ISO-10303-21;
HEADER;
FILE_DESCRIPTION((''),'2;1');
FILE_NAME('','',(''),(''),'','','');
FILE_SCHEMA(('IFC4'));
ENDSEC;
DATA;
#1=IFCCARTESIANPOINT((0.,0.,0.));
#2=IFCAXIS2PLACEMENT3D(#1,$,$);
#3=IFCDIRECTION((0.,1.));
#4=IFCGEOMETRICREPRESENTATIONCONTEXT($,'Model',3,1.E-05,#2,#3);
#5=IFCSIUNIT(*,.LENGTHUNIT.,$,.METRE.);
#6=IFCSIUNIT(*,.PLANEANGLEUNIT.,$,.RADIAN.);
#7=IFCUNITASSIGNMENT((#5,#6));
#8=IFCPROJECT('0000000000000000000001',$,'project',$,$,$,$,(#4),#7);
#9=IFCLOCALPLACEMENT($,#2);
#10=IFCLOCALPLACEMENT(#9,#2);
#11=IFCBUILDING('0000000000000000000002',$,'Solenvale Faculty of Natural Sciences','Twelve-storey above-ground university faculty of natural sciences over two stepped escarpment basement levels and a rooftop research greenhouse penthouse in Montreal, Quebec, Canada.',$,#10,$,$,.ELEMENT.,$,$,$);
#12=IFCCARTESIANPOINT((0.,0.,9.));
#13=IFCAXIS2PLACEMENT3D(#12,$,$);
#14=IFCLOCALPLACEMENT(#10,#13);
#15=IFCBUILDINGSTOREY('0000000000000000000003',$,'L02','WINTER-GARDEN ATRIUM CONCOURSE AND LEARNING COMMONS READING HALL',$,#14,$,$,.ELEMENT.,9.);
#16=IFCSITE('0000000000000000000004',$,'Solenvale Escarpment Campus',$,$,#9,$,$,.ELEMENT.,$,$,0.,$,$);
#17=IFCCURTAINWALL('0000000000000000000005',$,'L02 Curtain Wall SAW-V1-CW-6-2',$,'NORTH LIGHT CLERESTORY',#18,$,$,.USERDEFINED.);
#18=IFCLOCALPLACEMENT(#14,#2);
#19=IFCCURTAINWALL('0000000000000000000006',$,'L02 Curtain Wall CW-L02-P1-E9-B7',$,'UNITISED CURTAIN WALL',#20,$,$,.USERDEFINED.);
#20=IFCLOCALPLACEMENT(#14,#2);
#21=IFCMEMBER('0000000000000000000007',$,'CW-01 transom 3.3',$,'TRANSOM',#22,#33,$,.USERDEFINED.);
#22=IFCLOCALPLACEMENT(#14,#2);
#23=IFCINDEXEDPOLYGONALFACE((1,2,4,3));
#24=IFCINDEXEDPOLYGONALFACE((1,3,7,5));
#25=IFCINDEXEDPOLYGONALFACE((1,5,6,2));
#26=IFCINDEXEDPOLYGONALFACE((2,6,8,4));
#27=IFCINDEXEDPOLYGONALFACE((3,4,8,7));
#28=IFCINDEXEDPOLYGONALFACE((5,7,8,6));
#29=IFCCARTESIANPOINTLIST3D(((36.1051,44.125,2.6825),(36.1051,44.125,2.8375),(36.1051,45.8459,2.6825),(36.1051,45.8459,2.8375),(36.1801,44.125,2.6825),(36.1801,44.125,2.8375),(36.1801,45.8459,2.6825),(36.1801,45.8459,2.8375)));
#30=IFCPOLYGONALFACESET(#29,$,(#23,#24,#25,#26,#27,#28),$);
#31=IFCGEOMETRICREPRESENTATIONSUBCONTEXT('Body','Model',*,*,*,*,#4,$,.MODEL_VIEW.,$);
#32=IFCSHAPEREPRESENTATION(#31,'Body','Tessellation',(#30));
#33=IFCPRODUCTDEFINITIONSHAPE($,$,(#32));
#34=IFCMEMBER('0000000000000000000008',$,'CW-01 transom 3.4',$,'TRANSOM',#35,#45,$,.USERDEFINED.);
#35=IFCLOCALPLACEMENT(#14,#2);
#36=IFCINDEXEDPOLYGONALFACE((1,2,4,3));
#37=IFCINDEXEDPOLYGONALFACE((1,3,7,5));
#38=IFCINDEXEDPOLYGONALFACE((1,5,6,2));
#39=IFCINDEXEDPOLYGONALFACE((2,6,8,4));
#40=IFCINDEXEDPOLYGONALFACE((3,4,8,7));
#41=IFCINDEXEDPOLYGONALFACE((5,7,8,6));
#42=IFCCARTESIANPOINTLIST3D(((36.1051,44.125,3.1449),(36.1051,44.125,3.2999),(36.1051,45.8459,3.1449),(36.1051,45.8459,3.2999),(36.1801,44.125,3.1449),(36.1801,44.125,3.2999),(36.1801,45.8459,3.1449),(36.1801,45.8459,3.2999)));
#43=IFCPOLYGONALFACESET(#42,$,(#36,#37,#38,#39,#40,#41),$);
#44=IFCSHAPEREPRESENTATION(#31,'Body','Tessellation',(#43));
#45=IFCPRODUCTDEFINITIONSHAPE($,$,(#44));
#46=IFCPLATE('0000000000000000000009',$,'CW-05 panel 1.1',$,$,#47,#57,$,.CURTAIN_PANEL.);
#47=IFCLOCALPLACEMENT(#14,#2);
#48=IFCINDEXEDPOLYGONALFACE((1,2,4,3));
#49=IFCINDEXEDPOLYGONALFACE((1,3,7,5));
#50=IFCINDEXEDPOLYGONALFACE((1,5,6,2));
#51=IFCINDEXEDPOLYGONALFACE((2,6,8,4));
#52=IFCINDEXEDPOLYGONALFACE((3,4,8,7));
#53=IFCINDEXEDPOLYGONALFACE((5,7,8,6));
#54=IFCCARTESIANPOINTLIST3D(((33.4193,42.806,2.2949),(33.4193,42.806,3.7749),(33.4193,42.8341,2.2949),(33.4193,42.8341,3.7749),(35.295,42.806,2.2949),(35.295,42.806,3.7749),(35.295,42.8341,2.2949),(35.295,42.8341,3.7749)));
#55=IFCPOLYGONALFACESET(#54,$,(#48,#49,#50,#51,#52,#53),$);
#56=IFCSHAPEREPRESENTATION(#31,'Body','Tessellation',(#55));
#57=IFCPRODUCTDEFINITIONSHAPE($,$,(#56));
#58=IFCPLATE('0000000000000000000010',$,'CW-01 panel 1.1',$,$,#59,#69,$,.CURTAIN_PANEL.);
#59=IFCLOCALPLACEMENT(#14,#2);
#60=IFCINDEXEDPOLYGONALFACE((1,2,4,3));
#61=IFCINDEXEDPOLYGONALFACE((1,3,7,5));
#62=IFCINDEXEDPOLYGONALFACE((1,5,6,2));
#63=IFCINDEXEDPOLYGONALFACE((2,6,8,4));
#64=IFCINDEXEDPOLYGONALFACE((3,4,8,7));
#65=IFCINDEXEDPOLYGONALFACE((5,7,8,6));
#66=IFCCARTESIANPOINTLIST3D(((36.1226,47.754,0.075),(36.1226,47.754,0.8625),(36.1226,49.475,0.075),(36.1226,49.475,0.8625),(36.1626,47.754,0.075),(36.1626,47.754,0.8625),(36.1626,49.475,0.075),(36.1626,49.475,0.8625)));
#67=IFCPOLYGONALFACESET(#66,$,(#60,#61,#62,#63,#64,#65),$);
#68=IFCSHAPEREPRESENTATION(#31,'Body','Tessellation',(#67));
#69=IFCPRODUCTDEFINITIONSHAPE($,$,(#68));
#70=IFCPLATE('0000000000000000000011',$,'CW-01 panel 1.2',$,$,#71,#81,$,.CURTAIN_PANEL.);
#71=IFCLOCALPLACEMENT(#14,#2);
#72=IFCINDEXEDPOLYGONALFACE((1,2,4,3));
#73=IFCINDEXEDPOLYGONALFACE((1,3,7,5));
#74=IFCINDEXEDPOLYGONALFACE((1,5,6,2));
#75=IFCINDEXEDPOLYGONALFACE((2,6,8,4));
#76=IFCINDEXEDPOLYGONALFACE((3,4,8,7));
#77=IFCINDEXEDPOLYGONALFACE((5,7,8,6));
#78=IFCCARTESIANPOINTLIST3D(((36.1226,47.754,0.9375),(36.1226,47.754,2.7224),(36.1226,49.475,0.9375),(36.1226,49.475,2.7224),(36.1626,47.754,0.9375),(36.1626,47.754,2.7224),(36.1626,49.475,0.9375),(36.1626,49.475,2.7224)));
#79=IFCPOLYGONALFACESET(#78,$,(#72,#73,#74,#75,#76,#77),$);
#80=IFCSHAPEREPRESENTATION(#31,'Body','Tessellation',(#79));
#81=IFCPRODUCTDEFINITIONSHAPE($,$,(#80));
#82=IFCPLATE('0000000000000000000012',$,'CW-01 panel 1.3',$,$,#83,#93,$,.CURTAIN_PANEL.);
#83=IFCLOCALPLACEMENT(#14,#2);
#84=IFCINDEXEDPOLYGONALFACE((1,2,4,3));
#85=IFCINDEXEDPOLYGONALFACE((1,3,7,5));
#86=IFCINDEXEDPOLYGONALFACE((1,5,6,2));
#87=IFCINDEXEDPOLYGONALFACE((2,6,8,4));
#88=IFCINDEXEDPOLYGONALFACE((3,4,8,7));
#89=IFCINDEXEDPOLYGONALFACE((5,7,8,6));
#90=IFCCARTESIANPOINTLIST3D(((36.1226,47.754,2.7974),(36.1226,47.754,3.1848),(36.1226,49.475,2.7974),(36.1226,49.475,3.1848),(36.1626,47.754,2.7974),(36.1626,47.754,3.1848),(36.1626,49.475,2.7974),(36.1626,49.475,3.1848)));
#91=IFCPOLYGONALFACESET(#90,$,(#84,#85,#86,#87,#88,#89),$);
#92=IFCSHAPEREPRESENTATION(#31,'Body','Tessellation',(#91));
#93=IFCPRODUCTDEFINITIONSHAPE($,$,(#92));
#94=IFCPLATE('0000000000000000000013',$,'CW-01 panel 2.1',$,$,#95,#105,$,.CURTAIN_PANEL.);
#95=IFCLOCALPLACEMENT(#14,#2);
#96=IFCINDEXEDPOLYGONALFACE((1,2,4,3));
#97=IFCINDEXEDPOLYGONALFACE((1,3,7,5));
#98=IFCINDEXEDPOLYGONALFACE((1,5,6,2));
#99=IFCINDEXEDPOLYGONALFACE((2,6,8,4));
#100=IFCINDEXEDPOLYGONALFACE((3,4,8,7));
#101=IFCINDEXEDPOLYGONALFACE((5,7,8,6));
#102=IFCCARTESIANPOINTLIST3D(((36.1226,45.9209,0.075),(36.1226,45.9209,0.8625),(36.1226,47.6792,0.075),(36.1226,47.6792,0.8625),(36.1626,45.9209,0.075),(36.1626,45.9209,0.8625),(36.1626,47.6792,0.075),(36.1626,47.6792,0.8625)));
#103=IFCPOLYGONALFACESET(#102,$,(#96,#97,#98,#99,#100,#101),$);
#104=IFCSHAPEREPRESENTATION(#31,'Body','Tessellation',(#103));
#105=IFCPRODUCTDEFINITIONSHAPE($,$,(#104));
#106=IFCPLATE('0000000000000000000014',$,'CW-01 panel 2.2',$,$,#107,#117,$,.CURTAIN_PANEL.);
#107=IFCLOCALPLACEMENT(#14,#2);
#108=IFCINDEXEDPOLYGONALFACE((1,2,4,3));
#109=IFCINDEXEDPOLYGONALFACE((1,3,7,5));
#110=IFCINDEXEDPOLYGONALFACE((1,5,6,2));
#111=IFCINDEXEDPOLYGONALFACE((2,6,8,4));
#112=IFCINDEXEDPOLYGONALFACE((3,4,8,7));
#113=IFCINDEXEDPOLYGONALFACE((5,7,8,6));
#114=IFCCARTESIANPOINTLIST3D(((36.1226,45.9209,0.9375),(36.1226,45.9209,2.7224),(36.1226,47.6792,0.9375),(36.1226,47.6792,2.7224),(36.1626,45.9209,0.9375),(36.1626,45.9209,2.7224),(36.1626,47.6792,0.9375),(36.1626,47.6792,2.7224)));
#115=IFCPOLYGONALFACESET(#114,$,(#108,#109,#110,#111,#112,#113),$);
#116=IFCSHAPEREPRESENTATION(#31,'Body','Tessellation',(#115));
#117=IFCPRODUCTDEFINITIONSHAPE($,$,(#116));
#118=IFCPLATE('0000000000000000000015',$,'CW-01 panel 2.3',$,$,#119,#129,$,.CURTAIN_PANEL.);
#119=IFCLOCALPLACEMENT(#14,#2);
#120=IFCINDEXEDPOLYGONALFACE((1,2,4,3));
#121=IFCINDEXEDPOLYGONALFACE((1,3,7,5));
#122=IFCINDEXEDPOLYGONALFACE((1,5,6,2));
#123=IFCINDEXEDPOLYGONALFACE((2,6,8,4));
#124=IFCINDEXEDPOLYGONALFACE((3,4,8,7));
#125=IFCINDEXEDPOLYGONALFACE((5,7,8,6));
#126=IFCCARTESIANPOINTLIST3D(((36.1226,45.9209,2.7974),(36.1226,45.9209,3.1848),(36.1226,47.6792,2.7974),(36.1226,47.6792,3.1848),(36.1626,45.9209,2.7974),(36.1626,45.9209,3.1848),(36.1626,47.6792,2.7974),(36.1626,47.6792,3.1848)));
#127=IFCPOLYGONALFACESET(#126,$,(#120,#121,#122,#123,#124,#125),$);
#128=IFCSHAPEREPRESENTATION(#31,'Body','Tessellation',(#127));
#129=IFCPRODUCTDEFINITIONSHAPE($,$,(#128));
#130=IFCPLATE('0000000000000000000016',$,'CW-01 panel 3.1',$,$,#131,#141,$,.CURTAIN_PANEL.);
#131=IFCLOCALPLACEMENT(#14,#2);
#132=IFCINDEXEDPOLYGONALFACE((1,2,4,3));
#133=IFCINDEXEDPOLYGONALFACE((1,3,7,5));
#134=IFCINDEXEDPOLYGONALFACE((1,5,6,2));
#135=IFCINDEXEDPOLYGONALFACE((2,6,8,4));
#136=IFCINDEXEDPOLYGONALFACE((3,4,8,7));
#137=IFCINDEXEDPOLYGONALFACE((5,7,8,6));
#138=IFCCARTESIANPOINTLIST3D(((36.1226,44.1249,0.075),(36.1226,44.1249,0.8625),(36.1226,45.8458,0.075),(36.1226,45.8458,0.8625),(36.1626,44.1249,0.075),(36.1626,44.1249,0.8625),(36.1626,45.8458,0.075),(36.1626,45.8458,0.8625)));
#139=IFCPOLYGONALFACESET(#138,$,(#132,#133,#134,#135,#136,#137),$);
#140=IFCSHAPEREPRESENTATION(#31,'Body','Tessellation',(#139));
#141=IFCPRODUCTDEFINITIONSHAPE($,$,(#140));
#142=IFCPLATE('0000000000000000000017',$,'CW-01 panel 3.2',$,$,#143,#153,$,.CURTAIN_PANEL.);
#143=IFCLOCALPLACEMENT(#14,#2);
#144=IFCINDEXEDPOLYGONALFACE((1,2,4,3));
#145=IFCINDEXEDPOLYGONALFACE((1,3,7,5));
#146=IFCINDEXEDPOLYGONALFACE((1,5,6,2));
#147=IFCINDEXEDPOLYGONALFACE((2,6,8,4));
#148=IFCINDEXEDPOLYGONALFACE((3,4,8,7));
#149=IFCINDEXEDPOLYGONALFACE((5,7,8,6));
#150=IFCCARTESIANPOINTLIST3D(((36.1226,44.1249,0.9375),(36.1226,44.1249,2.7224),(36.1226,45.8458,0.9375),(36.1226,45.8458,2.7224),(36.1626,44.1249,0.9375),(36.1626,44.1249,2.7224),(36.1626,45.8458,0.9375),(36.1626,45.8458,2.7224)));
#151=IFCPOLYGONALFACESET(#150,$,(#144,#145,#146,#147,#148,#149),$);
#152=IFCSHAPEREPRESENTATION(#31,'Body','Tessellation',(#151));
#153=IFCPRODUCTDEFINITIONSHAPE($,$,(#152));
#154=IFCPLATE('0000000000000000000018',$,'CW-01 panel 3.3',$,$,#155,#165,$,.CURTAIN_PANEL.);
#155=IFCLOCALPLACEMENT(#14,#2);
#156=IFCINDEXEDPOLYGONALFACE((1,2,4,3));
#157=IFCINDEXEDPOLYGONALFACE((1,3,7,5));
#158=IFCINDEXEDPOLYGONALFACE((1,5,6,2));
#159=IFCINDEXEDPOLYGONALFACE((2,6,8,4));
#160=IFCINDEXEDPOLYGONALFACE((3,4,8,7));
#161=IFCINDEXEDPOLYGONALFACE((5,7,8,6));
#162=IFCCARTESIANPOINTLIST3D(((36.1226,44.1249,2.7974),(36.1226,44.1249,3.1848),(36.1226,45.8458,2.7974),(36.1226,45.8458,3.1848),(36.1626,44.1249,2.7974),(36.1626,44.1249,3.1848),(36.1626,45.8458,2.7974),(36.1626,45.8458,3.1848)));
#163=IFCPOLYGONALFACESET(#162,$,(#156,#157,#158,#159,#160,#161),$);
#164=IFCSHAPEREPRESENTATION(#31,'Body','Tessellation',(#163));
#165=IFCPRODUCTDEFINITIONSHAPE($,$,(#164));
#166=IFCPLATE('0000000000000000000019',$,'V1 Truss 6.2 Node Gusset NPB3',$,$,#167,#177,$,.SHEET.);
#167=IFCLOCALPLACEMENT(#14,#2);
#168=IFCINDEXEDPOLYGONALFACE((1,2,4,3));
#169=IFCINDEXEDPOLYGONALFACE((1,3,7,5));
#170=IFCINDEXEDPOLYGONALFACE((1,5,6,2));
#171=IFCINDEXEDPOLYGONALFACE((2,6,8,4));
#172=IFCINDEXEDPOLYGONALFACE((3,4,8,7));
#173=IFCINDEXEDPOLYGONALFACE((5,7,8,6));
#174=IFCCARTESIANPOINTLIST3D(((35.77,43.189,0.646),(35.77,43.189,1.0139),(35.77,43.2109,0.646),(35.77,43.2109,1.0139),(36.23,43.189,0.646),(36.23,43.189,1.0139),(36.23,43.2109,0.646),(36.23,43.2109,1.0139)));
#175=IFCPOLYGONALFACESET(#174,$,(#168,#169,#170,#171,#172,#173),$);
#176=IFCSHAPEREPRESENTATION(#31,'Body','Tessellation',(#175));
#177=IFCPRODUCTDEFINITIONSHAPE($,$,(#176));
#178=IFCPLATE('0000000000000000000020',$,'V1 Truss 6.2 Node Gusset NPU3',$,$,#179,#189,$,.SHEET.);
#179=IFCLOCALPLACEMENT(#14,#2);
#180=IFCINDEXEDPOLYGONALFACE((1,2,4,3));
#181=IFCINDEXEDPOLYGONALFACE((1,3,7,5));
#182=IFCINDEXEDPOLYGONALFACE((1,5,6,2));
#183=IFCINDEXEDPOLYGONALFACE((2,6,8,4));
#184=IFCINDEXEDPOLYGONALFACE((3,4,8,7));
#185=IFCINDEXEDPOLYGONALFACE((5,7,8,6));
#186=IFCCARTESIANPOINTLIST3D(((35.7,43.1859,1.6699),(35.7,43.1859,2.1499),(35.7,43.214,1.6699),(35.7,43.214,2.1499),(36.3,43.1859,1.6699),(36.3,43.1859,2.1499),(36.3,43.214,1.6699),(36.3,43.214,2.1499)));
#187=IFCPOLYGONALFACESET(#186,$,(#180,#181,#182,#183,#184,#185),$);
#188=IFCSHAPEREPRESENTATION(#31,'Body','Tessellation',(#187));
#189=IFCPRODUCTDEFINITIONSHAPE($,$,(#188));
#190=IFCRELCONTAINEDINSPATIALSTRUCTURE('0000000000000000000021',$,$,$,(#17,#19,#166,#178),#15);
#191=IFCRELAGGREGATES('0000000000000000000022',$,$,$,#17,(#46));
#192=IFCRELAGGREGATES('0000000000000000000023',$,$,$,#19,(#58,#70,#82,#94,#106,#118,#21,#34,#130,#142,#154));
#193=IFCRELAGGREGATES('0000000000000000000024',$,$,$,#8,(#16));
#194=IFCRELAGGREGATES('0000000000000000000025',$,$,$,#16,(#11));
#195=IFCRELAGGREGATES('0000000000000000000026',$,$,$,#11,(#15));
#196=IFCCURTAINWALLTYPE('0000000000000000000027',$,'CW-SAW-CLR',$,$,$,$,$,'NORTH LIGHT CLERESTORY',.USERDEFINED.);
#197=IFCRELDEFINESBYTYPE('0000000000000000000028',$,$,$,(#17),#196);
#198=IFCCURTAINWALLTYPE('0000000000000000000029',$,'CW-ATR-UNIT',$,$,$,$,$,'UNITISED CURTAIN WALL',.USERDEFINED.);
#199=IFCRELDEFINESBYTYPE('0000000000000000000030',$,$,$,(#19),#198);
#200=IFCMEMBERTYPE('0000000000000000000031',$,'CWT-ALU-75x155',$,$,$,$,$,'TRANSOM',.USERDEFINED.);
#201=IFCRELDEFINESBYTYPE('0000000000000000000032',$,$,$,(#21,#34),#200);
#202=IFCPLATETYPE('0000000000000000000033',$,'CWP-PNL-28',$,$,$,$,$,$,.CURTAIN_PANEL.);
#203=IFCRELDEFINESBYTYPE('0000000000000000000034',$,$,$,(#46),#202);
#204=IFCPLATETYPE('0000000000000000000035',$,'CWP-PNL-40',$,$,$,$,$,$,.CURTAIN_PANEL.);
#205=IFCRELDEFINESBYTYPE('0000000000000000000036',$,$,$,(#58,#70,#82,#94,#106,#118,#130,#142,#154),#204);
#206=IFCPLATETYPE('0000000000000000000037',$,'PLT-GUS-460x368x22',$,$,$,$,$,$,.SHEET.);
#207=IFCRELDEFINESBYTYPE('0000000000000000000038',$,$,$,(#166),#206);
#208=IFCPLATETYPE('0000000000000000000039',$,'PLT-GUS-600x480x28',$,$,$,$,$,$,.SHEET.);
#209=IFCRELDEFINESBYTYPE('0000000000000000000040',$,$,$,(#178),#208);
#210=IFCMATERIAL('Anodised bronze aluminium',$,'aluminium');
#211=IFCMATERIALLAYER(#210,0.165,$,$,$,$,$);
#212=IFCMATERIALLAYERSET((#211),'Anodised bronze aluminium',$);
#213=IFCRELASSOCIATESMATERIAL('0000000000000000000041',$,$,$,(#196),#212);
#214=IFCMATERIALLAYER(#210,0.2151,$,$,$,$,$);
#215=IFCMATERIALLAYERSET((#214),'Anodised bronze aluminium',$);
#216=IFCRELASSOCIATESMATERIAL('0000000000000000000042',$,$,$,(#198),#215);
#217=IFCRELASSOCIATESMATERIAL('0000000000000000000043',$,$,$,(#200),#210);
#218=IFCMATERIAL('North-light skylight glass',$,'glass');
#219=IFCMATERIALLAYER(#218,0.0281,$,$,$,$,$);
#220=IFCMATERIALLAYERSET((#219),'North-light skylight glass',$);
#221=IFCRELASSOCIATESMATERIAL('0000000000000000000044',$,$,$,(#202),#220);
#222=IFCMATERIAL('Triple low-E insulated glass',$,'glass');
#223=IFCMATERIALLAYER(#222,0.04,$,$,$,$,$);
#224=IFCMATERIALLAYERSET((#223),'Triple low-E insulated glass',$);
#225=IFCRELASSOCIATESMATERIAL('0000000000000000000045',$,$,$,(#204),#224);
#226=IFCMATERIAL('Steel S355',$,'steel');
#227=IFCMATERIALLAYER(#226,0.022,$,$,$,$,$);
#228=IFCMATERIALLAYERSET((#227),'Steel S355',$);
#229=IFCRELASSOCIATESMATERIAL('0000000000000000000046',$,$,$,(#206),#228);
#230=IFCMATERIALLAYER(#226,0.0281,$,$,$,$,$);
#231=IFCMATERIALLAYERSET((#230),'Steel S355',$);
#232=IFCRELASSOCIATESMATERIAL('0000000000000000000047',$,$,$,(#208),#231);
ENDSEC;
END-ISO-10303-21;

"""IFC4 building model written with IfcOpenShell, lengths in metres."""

from ifc_helpers import new_model, si_unit, direction, frame, origin, origin_2d, place, context, subcontext, project, spatial, rectangle, extrude, material, layer, layer_set, material_profile, profile_set, type_object, element, aggregate, save


model = new_model("IFC4")

# Units and contexts
model_context = context("Model", 3, precision=1e-05, world=origin(), true_north=direction((0.0, 1.0)))
body_context = subcontext(model_context, "Body", "Model", "MODEL_VIEW")
ifc_project = project(units=[si_unit("LENGTHUNIT", "METRE"), si_unit("PLANEANGLEUNIT", "RADIAN")], contexts=[model_context])

# Site, building, storey
site_placement = place(None, origin())
site = spatial("IfcSite", under=ifc_project, at=site_placement, Name="Solenvale Escarpment Campus", CompositionType="ELEMENT", RefElevation=0.0)
building_placement = place(site_placement, origin())
building = spatial("IfcBuilding", under=site, at=building_placement, Name="Solenvale Faculty of Natural Sciences", Description="Twelve-storey above-ground university faculty of natural sciences over two stepped escarpment basement levels and a rooftop research greenhouse penthouse in Montreal, Quebec, Canada.", CompositionType="ELEMENT")
storey_placement = place(building_placement, frame((0.0, 0.0, 9.0)))
storey = spatial("IfcBuildingStorey", under=building, at=storey_placement, Name="L02", Description="WINTER-GARDEN ATRIUM CONCOURSE AND LEARNING COMMONS READING HALL", CompositionType="ELEMENT", Elevation=9.0)

# Curtain wall
ifc_material_1 = material(Name="Anodised bronze aluminium", Category="aluminium")
ifc_layer_1 = layer(ifc_material_1, 0.165)
ifc_layer_set_1 = layer_set([ifc_layer_1], Name="Anodised bronze aluminium")
curtain_wall_type_1 = type_object("IfcCurtainWallType", Name="CW-SAW-CLR", ElementType="NORTH LIGHT CLERESTORY", PredefinedType="USERDEFINED", material=ifc_layer_set_1)
curtain_wall_1_placement = place(storey_placement, origin())
curtain_wall_1 = element("IfcCurtainWall", 1, at=curtain_wall_1_placement, inside=storey, type_object=curtain_wall_type_1, Name="L02 Curtain Wall SAW-V1-CW-6-2", ObjectType="NORTH LIGHT CLERESTORY", PredefinedType="USERDEFINED")

# Curtain wall
ifc_layer_2 = layer(ifc_material_1, 0.2151)
ifc_layer_set_2 = layer_set([ifc_layer_2], Name="Anodised bronze aluminium")
curtain_wall_type_2 = type_object("IfcCurtainWallType", Name="CW-ATR-UNIT", ElementType="UNITISED CURTAIN WALL", PredefinedType="USERDEFINED", material=ifc_layer_set_2)
curtain_wall_2_placement = place(storey_placement, origin())
curtain_wall_2 = element("IfcCurtainWall", 2, at=curtain_wall_2_placement, inside=storey, type_object=curtain_wall_type_2, Name="L02 Curtain Wall CW-L02-P1-E9-B7", ObjectType="UNITISED CURTAIN WALL", PredefinedType="USERDEFINED")

# Members
ifc_material_profile_1 = material_profile(ifc_material_1, rectangle(XDim=0.075, YDim=0.155, at=origin_2d()), Name="ALU-TRN-75x155")
ifc_profile_set_1 = profile_set([ifc_material_profile_1], Name="Anodised bronze aluminium")
member_type_1 = type_object("IfcMemberType", Name="CWT-ALU-75x155", ElementType="TRANSOM", PredefinedType="USERDEFINED", material=ifc_profile_set_1)
member_1_placement = place(storey_placement, frame((36.1426, 45.8459, 2.76), z_axis=(0.0, -1.0, 0.0), x_axis=(1.0, 0.0, 0.0)))
member_1 = element("IfcMember", 3, at=member_1_placement, type_object=member_type_1, Name="CW-01 transom 3.3", ObjectType="TRANSOM", PredefinedType="USERDEFINED", context=body_context, shape_type="SweptSolid", body=[
    extrude(rectangle(XDim=0.075, YDim=0.155, at=origin_2d()), origin(), (0.0, 0.0, 1.0), 1.7209),
])
member_2_placement = place(storey_placement, frame((36.1426, 45.8459, 3.2224), z_axis=(0.0, -1.0, 0.0), x_axis=(1.0, 0.0, 0.0)))
member_2 = element("IfcMember", 4, at=member_2_placement, type_object=member_type_1, Name="CW-01 transom 3.4", ObjectType="TRANSOM", PredefinedType="USERDEFINED", context=body_context, shape_type="SweptSolid", body=[
    extrude(rectangle(XDim=0.075, YDim=0.155, at=origin_2d()), origin(), (0.0, 0.0, 1.0), 1.7209),
])

# Plates
ifc_material_2 = material(Name="North-light skylight glass", Category="glass")
ifc_layer_3 = layer(ifc_material_2, 0.0281)
ifc_layer_set_3 = layer_set([ifc_layer_3], Name="North-light skylight glass")
plate_type_1 = type_object("IfcPlateType", Name="CWP-PNL-28", PredefinedType="CURTAIN_PANEL", material=ifc_layer_set_3)
plate_1_placement = place(storey_placement, frame((34.3572, 42.8201, 2.2949), z_axis=(0.0, 0.0, 1.0), x_axis=(-1.0, 0.0, 0.0)))
plate_1 = element("IfcPlate", 5, at=plate_1_placement, type_object=plate_type_1, Name="CW-05 panel 1.1", PredefinedType="CURTAIN_PANEL", context=body_context, shape_type="SweptSolid", body=[
    extrude(rectangle(XDim=1.8757, YDim=0.0281, at=origin_2d()), origin(), (0.0, 0.0, 1.0), 1.48),
])
aggregate(curtain_wall_1, [plate_1])
ifc_material_3 = material(Name="Triple low-E insulated glass", Category="glass")
ifc_layer_4 = layer(ifc_material_3, 0.04)
ifc_layer_set_4 = layer_set([ifc_layer_4], Name="Triple low-E insulated glass")
plate_type_2 = type_object("IfcPlateType", Name="CWP-PNL-40", PredefinedType="CURTAIN_PANEL", material=ifc_layer_set_4)
plate_2_placement = place(storey_placement, frame((36.1426, 48.6145, 0.075), z_axis=(0.0, 0.0, 1.0), x_axis=(0.0, -1.0, 0.0)))
plate_2 = element("IfcPlate", 6, at=plate_2_placement, type_object=plate_type_2, Name="CW-01 panel 1.1", PredefinedType="CURTAIN_PANEL", context=body_context, shape_type="SweptSolid", body=[
    extrude(rectangle(XDim=1.7209, YDim=0.04, at=origin_2d()), origin(), (0.0, 0.0, 1.0), 0.7876),
])
plate_3_placement = place(storey_placement, frame((36.1426, 48.6145, 0.9375), z_axis=(0.0, 0.0, 1.0), x_axis=(0.0, -1.0, 0.0)))
plate_3 = element("IfcPlate", 7, at=plate_3_placement, type_object=plate_type_2, Name="CW-01 panel 1.2", PredefinedType="CURTAIN_PANEL", context=body_context, shape_type="SweptSolid", body=[
    extrude(rectangle(XDim=1.7209, YDim=0.04, at=origin_2d()), origin(), (0.0, 0.0, 1.0), 1.7849),
])
plate_4_placement = place(storey_placement, frame((36.1426, 48.6145, 2.7974), z_axis=(0.0, 0.0, 1.0), x_axis=(0.0, -1.0, 0.0)))
plate_4 = element("IfcPlate", 8, at=plate_4_placement, type_object=plate_type_2, Name="CW-01 panel 1.3", PredefinedType="CURTAIN_PANEL", context=body_context, shape_type="SweptSolid", body=[
    extrude(rectangle(XDim=1.7209, YDim=0.04, at=origin_2d()), origin(), (0.0, 0.0, 1.0), 0.3875),
])
plate_5_placement = place(storey_placement, frame((36.1426, 46.8, 0.075), z_axis=(0.0, 0.0, 1.0), x_axis=(0.0, -1.0, 0.0)))
plate_5 = element("IfcPlate", 9, at=plate_5_placement, type_object=plate_type_2, Name="CW-01 panel 2.1", PredefinedType="CURTAIN_PANEL", context=body_context, shape_type="SweptSolid", body=[
    extrude(rectangle(XDim=1.7583, YDim=0.04, at=origin_2d()), origin(), (0.0, 0.0, 1.0), 0.7876),
])
plate_6_placement = place(storey_placement, frame((36.1426, 46.8, 0.9375), z_axis=(0.0, 0.0, 1.0), x_axis=(0.0, -1.0, 0.0)))
plate_6 = element("IfcPlate", 10, at=plate_6_placement, type_object=plate_type_2, Name="CW-01 panel 2.2", PredefinedType="CURTAIN_PANEL", context=body_context, shape_type="SweptSolid", body=[
    extrude(rectangle(XDim=1.7583, YDim=0.04, at=origin_2d()), origin(), (0.0, 0.0, 1.0), 1.7849),
])
plate_7_placement = place(storey_placement, frame((36.1426, 46.8, 2.7974), z_axis=(0.0, 0.0, 1.0), x_axis=(0.0, -1.0, 0.0)))
plate_7 = element("IfcPlate", 11, at=plate_7_placement, type_object=plate_type_2, Name="CW-01 panel 2.3", PredefinedType="CURTAIN_PANEL", context=body_context, shape_type="SweptSolid", body=[
    extrude(rectangle(XDim=1.7583, YDim=0.04, at=origin_2d()), origin(), (0.0, 0.0, 1.0), 0.3875),
])
plate_8_placement = place(storey_placement, frame((36.1426, 44.9854, 0.075), z_axis=(0.0, 0.0, 1.0), x_axis=(0.0, -1.0, 0.0)))
plate_8 = element("IfcPlate", 12, at=plate_8_placement, type_object=plate_type_2, Name="CW-01 panel 3.1", PredefinedType="CURTAIN_PANEL", context=body_context, shape_type="SweptSolid", body=[
    extrude(rectangle(XDim=1.7209, YDim=0.04, at=origin_2d()), origin(), (0.0, 0.0, 1.0), 0.7876),
])
plate_9_placement = place(storey_placement, frame((36.1426, 44.9854, 0.9375), z_axis=(0.0, 0.0, 1.0), x_axis=(0.0, -1.0, 0.0)))
plate_9 = element("IfcPlate", 13, at=plate_9_placement, type_object=plate_type_2, Name="CW-01 panel 3.2", PredefinedType="CURTAIN_PANEL", context=body_context, shape_type="SweptSolid", body=[
    extrude(rectangle(XDim=1.7209, YDim=0.04, at=origin_2d()), origin(), (0.0, 0.0, 1.0), 1.7849),
])
plate_10_placement = place(storey_placement, frame((36.1426, 44.9854, 2.7974), z_axis=(0.0, 0.0, 1.0), x_axis=(0.0, -1.0, 0.0)))
plate_10 = element("IfcPlate", 14, at=plate_10_placement, type_object=plate_type_2, Name="CW-01 panel 3.3", PredefinedType="CURTAIN_PANEL", context=body_context, shape_type="SweptSolid", body=[
    extrude(rectangle(XDim=1.7209, YDim=0.04, at=origin_2d()), origin(), (0.0, 0.0, 1.0), 0.3875),
])
aggregate(curtain_wall_2, [plate_2, plate_3, plate_4, plate_5, plate_6, plate_7, member_1, member_2, plate_8, plate_9, plate_10])

# Plates
ifc_material_4 = material(Name="Steel S355", Category="steel")
ifc_layer_5 = layer(ifc_material_4, 0.022)
ifc_layer_set_5 = layer_set([ifc_layer_5], Name="Steel S355")
plate_type_3 = type_object("IfcPlateType", Name="PLT-GUS-460x368x22", PredefinedType="SHEET", material=ifc_layer_set_5)
plate_11_placement = place(storey_placement, frame((36.0, 43.2, 0.646), z_axis=(0.0, 0.0, 1.0), x_axis=(1.0, 0.0, 0.0)))
element("IfcPlate", 15, at=plate_11_placement, inside=storey, type_object=plate_type_3, Name="V1 Truss 6.2 Node Gusset NPB3", PredefinedType="SHEET", context=body_context, shape_type="SweptSolid", body=[
    extrude(rectangle(XDim=0.46, YDim=0.022, at=origin_2d()), origin(), (0.0, 0.0, 1.0), 0.3679),
])
ifc_layer_6 = layer(ifc_material_4, 0.0281)
ifc_layer_set_6 = layer_set([ifc_layer_6], Name="Steel S355")
plate_type_4 = type_object("IfcPlateType", Name="PLT-GUS-600x480x28", PredefinedType="SHEET", material=ifc_layer_set_6)
plate_12_placement = place(storey_placement, frame((36.0, 43.2, 1.6699), z_axis=(0.0, 0.0, 1.0), x_axis=(1.0, 0.0, 0.0)))
element("IfcPlate", 16, at=plate_12_placement, inside=storey, type_object=plate_type_4, Name="V1 Truss 6.2 Node Gusset NPU3", PredefinedType="SHEET", context=body_context, shape_type="SweptSolid", body=[
    extrude(rectangle(XDim=0.6001, YDim=0.0281, at=origin_2d()), origin(), (0.0, 0.0, 1.0), 0.48),
])

save(model, "model.ifc")
